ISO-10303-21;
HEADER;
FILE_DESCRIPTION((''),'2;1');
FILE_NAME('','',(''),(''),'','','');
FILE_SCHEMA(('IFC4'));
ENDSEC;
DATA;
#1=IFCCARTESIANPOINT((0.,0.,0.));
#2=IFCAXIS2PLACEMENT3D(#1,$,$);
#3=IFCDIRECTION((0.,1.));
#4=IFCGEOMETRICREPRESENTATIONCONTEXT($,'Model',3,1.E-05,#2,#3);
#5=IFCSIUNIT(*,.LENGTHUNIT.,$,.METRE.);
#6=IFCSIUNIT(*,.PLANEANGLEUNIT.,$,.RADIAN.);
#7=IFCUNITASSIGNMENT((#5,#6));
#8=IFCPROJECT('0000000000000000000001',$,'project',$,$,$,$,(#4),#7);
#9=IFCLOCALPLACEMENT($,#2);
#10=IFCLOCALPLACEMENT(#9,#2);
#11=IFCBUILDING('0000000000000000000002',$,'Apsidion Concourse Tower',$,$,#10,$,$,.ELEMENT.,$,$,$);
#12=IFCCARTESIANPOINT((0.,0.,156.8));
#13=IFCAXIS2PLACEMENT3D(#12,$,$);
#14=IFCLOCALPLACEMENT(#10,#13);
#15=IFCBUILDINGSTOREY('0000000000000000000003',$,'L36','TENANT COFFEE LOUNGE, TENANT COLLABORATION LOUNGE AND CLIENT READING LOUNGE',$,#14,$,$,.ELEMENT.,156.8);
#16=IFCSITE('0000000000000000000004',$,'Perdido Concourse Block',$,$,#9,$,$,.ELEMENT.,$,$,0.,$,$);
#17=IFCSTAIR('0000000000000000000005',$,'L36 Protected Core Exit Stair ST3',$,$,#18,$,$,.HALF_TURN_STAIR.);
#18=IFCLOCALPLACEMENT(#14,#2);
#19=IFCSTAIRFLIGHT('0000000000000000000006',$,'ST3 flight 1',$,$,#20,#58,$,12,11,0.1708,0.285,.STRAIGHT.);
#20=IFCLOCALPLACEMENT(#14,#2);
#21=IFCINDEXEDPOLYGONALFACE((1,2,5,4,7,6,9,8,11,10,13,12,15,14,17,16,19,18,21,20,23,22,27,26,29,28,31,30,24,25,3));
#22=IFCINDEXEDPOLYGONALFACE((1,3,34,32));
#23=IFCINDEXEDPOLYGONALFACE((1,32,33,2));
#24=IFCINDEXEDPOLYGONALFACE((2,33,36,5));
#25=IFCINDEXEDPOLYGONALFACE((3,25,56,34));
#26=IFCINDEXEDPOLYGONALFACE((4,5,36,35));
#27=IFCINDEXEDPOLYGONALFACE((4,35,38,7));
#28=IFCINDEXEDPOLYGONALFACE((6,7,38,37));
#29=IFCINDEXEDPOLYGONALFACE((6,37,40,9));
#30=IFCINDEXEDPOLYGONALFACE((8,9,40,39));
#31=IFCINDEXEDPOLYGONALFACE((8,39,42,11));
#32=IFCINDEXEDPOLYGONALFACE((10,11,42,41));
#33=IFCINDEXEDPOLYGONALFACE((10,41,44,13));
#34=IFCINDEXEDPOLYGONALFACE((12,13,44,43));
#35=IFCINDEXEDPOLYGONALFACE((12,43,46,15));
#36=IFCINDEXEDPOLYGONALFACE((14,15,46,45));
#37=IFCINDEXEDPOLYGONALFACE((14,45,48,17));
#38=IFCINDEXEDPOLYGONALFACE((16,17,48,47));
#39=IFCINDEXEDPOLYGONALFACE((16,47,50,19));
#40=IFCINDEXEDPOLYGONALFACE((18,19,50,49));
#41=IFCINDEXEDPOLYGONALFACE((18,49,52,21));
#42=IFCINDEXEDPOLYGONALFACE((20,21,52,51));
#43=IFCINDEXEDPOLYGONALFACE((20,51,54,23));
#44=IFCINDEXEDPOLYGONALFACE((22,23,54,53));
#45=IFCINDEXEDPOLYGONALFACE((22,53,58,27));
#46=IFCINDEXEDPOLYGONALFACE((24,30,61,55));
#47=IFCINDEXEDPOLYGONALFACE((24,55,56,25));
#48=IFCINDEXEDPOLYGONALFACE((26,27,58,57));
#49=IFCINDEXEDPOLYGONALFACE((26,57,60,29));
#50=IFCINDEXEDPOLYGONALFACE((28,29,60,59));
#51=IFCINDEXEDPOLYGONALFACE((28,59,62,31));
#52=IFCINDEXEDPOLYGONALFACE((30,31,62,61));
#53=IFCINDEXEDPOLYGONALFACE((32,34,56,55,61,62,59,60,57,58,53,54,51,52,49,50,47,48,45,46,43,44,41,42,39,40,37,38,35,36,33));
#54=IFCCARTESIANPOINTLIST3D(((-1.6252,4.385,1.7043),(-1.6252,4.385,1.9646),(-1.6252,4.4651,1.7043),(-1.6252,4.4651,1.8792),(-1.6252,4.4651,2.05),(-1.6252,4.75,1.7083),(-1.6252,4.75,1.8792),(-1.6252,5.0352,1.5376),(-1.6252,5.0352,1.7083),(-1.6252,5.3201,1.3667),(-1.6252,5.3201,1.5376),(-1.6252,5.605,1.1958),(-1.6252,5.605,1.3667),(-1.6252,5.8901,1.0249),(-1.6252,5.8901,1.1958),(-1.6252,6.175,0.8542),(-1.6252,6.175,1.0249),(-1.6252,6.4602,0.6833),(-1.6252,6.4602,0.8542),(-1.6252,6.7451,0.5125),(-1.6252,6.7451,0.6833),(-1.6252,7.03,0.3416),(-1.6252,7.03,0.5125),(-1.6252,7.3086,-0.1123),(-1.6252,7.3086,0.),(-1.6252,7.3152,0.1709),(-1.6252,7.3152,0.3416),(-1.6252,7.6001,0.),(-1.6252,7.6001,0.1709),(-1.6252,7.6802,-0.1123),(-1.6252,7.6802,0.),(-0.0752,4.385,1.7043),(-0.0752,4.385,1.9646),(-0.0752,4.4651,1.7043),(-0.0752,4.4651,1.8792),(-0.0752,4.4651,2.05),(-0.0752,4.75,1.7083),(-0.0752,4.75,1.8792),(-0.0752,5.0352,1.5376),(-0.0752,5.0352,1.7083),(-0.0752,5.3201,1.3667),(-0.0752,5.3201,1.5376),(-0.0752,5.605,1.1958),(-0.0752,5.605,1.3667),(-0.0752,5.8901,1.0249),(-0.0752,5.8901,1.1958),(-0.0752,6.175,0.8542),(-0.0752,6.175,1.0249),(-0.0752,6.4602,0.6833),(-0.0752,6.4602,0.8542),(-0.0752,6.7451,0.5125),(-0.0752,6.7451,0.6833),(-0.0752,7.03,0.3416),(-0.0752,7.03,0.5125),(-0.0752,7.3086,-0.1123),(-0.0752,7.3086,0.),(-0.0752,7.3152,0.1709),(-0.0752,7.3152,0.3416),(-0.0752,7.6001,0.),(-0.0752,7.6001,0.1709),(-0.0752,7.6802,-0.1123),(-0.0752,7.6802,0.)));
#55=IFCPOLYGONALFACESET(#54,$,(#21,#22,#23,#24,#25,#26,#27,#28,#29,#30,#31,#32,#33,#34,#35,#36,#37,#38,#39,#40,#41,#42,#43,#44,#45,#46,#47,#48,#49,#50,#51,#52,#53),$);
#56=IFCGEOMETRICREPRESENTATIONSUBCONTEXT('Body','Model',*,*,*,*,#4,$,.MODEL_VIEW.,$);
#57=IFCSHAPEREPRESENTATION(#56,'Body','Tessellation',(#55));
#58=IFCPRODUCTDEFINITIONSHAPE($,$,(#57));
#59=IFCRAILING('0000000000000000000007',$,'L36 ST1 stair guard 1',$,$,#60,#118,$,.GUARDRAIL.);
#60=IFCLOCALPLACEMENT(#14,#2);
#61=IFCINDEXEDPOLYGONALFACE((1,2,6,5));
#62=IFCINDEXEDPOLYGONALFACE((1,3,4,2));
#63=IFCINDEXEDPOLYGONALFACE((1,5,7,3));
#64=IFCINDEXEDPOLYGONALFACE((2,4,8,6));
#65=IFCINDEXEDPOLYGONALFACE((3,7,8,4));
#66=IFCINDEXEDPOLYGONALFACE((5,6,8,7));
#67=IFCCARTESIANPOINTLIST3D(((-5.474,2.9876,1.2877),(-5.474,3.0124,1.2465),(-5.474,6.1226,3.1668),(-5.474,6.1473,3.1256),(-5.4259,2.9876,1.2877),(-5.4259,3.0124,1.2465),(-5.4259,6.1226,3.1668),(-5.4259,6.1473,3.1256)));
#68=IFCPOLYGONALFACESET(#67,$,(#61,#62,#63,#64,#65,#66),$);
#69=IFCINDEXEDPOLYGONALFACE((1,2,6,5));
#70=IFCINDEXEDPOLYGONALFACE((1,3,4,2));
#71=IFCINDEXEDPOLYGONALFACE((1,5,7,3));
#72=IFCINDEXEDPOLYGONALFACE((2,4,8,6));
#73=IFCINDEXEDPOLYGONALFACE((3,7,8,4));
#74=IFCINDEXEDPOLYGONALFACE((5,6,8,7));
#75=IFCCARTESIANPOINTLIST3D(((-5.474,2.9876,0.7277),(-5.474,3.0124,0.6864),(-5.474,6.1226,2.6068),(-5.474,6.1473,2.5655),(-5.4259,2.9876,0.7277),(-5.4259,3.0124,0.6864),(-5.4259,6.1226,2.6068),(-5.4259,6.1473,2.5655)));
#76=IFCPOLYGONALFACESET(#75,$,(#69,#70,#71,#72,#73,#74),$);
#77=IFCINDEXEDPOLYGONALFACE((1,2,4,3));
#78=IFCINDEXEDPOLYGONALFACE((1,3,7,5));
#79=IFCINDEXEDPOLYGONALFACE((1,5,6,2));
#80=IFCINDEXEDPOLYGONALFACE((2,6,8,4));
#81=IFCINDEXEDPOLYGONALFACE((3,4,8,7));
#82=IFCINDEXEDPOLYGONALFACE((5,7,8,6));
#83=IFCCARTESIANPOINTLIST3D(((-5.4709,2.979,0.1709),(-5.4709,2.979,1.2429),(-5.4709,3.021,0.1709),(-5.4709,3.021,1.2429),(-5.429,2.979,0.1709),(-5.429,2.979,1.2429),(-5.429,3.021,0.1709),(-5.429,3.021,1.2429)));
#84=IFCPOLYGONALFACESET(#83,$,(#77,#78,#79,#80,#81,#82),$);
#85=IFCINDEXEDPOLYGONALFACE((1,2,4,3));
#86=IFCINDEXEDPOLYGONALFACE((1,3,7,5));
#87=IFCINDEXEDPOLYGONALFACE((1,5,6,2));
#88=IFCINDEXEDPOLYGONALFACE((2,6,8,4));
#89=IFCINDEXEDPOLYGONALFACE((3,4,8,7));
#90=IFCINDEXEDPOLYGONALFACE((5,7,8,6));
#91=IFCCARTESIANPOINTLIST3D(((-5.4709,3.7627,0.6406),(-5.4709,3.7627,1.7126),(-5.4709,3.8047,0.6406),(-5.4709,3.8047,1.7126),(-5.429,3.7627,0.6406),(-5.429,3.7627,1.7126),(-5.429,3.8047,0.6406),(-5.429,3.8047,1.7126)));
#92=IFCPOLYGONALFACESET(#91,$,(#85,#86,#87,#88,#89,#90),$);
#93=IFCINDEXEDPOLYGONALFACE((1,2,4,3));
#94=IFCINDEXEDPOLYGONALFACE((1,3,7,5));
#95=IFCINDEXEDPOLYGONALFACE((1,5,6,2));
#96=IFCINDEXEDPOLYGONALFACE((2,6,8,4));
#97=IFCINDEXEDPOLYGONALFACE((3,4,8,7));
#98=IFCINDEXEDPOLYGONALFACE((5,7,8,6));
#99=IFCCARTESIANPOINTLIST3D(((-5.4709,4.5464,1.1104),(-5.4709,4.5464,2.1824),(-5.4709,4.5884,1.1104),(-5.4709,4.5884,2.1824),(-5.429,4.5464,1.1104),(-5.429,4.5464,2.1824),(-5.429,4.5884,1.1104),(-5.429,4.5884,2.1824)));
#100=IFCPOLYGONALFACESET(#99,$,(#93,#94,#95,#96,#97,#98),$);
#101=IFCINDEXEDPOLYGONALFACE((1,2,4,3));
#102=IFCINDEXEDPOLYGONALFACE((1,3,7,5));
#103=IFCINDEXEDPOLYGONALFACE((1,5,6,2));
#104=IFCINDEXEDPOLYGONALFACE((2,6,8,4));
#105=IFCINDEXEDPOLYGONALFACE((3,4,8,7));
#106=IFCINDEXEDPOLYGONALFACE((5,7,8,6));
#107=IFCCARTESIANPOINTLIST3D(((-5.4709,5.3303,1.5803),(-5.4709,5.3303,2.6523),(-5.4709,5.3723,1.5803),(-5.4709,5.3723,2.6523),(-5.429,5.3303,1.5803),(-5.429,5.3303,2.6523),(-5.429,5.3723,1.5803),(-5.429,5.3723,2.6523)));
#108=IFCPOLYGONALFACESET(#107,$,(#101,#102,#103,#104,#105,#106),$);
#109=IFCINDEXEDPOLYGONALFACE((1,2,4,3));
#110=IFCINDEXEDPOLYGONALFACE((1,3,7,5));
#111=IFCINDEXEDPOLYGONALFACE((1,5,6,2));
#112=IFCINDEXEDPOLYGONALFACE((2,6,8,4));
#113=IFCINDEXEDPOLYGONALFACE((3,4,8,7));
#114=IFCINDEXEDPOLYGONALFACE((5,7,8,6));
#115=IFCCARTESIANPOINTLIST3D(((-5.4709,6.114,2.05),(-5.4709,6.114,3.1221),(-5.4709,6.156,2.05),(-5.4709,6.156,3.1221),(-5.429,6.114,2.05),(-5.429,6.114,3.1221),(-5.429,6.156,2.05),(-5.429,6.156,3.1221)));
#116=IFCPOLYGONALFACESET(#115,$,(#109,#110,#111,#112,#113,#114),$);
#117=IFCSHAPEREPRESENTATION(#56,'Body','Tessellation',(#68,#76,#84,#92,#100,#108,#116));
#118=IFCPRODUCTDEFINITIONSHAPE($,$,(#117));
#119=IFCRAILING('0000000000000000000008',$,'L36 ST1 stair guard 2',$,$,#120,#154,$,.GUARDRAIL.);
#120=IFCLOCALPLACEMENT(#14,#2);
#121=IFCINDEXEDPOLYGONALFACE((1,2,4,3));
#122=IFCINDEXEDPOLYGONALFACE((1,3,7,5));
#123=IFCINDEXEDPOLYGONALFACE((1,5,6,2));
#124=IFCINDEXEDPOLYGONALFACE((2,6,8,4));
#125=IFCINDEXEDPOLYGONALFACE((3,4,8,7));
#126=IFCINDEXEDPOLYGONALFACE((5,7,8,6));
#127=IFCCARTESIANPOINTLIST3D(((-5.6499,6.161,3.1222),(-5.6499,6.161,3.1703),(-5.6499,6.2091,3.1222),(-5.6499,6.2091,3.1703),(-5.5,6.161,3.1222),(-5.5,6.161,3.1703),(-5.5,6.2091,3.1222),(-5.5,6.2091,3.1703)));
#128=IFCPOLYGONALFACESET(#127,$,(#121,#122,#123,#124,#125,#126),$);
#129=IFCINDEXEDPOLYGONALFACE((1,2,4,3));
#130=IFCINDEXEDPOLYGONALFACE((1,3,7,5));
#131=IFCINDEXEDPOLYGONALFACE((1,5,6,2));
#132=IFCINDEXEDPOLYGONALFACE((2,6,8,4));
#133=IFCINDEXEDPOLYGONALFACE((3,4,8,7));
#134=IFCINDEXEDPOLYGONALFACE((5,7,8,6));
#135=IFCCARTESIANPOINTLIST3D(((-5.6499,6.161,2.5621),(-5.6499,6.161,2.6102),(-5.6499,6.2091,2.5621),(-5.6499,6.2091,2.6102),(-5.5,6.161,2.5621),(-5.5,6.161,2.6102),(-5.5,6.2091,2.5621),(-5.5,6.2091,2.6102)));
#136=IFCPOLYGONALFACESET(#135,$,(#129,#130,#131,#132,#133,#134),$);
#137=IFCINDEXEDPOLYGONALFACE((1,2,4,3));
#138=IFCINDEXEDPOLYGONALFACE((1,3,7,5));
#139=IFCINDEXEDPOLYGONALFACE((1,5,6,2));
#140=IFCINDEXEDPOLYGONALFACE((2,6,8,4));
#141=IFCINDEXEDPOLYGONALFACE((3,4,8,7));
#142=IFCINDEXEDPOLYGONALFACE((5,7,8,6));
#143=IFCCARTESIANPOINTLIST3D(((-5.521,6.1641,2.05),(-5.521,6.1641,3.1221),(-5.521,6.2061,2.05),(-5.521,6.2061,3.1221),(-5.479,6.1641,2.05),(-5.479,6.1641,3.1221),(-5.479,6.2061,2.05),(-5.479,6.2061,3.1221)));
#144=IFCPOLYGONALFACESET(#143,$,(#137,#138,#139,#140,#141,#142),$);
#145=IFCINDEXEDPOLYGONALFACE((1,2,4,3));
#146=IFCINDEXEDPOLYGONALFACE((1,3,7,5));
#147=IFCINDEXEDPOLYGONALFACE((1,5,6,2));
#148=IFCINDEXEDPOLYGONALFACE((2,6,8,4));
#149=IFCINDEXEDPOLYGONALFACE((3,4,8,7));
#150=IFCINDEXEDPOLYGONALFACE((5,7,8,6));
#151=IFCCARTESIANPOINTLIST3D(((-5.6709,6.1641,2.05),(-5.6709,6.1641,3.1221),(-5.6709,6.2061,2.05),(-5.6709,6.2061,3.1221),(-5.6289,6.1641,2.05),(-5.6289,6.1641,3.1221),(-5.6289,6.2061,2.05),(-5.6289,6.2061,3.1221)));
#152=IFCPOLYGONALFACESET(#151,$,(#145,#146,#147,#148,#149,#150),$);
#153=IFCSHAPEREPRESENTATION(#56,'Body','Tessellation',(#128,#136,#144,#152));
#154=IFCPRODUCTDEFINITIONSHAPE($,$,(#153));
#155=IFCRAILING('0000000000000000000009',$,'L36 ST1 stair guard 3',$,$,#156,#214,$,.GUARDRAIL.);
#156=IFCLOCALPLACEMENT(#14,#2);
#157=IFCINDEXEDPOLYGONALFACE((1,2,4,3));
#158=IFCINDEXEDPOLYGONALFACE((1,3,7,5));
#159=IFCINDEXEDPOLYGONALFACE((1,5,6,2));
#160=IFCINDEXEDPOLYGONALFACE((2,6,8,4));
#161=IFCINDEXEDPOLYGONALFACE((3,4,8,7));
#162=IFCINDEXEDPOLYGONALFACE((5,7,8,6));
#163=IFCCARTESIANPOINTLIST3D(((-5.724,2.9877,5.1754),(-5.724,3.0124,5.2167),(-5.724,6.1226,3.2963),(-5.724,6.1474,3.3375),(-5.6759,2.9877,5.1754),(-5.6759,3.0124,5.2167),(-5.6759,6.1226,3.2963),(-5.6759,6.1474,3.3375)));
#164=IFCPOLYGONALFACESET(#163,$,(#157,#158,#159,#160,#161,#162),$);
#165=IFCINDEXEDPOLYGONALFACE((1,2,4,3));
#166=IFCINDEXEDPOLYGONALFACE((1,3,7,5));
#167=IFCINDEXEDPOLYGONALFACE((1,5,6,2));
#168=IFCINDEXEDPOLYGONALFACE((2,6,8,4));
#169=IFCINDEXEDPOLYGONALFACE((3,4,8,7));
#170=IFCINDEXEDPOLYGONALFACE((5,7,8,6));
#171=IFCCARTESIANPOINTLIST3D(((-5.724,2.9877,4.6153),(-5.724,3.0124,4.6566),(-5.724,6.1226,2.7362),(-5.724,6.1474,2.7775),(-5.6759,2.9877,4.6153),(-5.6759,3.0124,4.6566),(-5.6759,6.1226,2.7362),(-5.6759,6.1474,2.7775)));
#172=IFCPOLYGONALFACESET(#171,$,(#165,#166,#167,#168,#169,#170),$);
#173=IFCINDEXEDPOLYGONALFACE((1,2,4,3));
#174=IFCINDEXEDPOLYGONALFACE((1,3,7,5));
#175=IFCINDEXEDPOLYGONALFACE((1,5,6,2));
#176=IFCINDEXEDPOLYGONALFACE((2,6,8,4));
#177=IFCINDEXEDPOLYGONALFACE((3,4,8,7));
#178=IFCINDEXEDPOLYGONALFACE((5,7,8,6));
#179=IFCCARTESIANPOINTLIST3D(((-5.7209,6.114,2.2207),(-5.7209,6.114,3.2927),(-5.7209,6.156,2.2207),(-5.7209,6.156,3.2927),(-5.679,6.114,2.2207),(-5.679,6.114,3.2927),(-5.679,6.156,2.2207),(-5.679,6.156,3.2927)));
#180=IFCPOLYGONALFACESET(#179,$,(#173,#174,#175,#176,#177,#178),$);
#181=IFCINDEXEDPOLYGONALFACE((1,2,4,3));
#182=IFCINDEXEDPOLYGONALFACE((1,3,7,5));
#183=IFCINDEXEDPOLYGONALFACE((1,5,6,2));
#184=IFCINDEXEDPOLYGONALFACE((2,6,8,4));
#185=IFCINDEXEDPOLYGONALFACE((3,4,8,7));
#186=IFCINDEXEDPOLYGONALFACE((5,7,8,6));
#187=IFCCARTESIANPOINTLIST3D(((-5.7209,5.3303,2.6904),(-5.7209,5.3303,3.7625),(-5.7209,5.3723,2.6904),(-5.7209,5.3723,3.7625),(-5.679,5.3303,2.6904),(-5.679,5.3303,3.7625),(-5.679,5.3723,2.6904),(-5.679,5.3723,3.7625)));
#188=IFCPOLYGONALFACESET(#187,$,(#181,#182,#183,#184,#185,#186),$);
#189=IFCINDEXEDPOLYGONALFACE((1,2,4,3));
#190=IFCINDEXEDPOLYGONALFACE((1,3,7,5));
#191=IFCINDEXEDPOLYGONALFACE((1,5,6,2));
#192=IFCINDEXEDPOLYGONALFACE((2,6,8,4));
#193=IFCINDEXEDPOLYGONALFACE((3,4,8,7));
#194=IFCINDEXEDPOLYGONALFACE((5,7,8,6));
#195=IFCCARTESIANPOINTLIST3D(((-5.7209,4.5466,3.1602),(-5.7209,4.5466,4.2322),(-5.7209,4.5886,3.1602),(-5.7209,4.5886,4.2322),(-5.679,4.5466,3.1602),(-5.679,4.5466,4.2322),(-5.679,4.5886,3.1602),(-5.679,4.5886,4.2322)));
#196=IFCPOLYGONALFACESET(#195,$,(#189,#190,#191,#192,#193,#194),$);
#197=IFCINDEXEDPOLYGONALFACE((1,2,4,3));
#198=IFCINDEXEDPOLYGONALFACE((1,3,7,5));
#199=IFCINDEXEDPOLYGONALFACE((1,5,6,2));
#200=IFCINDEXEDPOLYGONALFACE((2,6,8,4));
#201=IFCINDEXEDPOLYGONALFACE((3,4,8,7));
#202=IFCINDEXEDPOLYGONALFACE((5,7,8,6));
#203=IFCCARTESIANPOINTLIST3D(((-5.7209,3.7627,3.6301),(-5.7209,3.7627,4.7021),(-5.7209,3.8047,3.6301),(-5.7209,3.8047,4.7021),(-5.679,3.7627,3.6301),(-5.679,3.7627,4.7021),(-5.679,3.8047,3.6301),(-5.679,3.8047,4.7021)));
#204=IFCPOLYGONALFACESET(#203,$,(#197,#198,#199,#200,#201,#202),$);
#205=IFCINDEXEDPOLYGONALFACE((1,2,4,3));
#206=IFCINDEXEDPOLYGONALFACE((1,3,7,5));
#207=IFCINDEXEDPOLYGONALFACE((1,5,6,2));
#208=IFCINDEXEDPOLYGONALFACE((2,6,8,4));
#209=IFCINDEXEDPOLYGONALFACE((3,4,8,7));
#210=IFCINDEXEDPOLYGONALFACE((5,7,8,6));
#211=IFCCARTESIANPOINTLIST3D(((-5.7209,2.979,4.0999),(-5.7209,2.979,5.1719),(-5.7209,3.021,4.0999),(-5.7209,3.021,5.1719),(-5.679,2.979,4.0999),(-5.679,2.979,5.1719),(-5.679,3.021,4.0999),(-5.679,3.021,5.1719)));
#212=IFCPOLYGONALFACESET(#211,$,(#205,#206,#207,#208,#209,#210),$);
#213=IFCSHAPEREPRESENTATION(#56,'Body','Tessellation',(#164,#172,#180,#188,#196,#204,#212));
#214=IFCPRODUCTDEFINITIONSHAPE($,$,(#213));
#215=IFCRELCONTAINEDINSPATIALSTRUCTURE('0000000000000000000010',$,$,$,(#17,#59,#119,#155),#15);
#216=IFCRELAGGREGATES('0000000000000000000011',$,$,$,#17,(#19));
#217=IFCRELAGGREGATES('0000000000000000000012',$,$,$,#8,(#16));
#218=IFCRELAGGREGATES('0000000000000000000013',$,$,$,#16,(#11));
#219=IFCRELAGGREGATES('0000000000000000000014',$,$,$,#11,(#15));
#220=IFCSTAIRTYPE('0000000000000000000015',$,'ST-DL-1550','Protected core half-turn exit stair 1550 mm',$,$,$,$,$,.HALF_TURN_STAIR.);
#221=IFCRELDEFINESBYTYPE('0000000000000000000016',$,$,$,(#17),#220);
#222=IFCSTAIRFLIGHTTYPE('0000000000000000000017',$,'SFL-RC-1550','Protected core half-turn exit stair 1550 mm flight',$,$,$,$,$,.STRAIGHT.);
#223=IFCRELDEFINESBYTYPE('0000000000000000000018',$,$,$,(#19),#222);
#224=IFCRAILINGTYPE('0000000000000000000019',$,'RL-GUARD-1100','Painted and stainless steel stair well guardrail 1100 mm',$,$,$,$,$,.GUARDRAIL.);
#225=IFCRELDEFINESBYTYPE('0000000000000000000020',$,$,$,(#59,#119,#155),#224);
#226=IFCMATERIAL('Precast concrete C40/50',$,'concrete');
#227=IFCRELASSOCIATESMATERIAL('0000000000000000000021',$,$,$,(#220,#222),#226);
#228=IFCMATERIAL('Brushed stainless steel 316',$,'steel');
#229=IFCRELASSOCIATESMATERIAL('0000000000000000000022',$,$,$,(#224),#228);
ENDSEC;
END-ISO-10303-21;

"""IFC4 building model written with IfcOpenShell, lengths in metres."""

from ifc_helpers import new_model, si_unit, direction, frame, origin, origin_2d, place, context, subcontext, project, spatial, polyline, rectangle, outline, extrude, material, type_object, element, aggregate, save


model = new_model("IFC4")

# Units and contexts
model_context = context("Model", 3, precision=1e-05, world=origin(), true_north=direction((0.0, 1.0)))
body_context = subcontext(model_context, "Body", "Model", "MODEL_VIEW")
ifc_project = project(units=[si_unit("LENGTHUNIT", "METRE"), si_unit("PLANEANGLEUNIT", "RADIAN")], contexts=[model_context])

# Site, building, storey
site_placement = place(None, origin())
site = spatial("IfcSite", under=ifc_project, at=site_placement, Name="Perdido Concourse Block", CompositionType="ELEMENT", RefElevation=0.0)
building_placement = place(site_placement, origin())
building = spatial("IfcBuilding", under=site, at=building_placement, Name="Apsidion Concourse Tower", CompositionType="ELEMENT")
storey_placement = place(building_placement, frame((0.0, 0.0, 156.8)))
storey = spatial("IfcBuildingStorey", under=building, at=storey_placement, Name="L36", Description="TENANT COFFEE LOUNGE, TENANT COLLABORATION LOUNGE AND CLIENT READING LOUNGE", CompositionType="ELEMENT", Elevation=156.8)

# Shared definitions
ifc_material_1 = material(Name="Brushed stainless steel 316", Category="steel")

# Shared definitions
ifc_material_2 = material(Name="Precast concrete C40/50", Category="concrete")
stair_type = type_object("IfcStairType", Name="ST-DL-1550", Description="Protected core half-turn exit stair 1550 mm", PredefinedType="HALF_TURN_STAIR", material=ifc_material_2)
stair_flight_type = type_object("IfcStairFlightType", Name="SFL-RC-1550", Description="Protected core half-turn exit stair 1550 mm flight", PredefinedType="STRAIGHT", material=ifc_material_2)

# Stair, stair flight
stair_1_placement = place(storey_placement, origin())
stair_1 = element("IfcStair", 1, at=stair_1_placement, inside=storey, type_object=stair_type, Name="L36 Protected Core Exit Stair ST3", PredefinedType="HALF_TURN_STAIR")
stair_flight_1_placement = place(storey_placement, frame((-0.8501, 7.6001, 0.0), z_axis=(0.0, 0.0, 1.0), x_axis=(0.0, -1.0, 0.0)))
stair_flight_1 = element("IfcStairFlight", 2, at=stair_flight_1_placement, type_object=stair_flight_type, Name="ST3 flight 1", NumberOfRisers=12, NumberOfTreads=11, PredefinedType="STRAIGHT", RiserHeight=0.1708, TreadLength=0.285, context=body_context, shape_type="SweptSolid", body=[
    extrude(outline(polyline([(-0.0801, -0.1123), (-0.0801, 0.0), (0.0, 0.0), (0.0, 0.1709), (0.2849, 0.1709), (0.2849, 0.3416), (0.5701, 0.3416), (0.5701, 0.5125), (0.855, 0.5125), (0.855, 0.6833), (1.1399, 0.6833), (1.1399, 0.8542), (1.425, 0.8542), (1.425, 1.0249), (1.71, 1.0249), (1.71, 1.1958), (1.9951, 1.1958), (1.9951, 1.3667), (2.28, 1.3667), (2.28, 1.5376), (2.5649, 1.5376), (2.5649, 1.7083), (2.8501, 1.7083), (2.8501, 1.8792), (3.135, 1.8792), (3.135, 2.05), (3.2151, 1.9646), (3.2151, 1.7043), (3.135, 1.7043), (0.2915, 0.0), (0.2915, -0.1123), (-0.0801, -0.1123)])), frame((0.0, 0.7749, 0.0), z_axis=(0.0, -1.0, 0.0), x_axis=(1.0, 0.0, 0.0)), (0.0, 0.0, 1.0), 1.55),
])
aggregate(stair_1, [stair_flight_1])

# Railings
railing_type_1 = type_object("IfcRailingType", Name="RL-GUARD-1100", Description="Painted and stainless steel stair well guardrail 1100 mm", PredefinedType="GUARDRAIL", material=ifc_material_1)
railing_1_placement = place(storey_placement, frame((-5.45, 3.0, 0.1709)))
element("IfcRailing", 3, at=railing_1_placement, inside=storey, type_object=railing_type_1, Name="L36 ST1 stair guard 1", PredefinedType="GUARDRAIL", context=body_context, shape_type="SweptSolid", body=[
    extrude(rectangle(XDim=0.0481, YDim=0.0481, at=origin_2d()), frame((0.0, 0.0, 1.0962), z_axis=(0.0, 0.857717, 0.514122), x_axis=(-1.0, 0.0, 0.0)), (0.0, 0.0, 1.0), 3.655),
    extrude(rectangle(XDim=0.0481, YDim=0.0481, at=origin_2d()), frame((0.0, 0.0, 0.5361), z_axis=(0.0, 0.857717, 0.514122), x_axis=(-1.0, 0.0, 0.0)), (0.0, 0.0, 1.0), 3.655),
    extrude(rectangle(XDim=0.042, YDim=0.042, at=origin_2d()), origin(), (0.0, 0.0, 1.0), 1.072),
    extrude(rectangle(XDim=0.042, YDim=0.042, at=origin_2d()), frame((0.0, 0.7837, 0.4697)), (0.0, 0.0, 1.0), 1.072),
    extrude(rectangle(XDim=0.042, YDim=0.042, at=origin_2d()), frame((0.0, 1.5674, 0.9395)), (0.0, 0.0, 1.0), 1.072),
    extrude(rectangle(XDim=0.042, YDim=0.042, at=origin_2d()), frame((0.0, 2.3513, 1.4094)), (0.0, 0.0, 1.0), 1.072),
    extrude(rectangle(XDim=0.042, YDim=0.042, at=origin_2d()), frame((0.0, 3.135, 1.8792)), (0.0, 0.0, 1.0), 1.072),
])
railing_2_placement = place(storey_placement, frame((-5.5, 6.1851, 2.05)))
element("IfcRailing", 4, at=railing_2_placement, inside=storey, type_object=railing_type_1, Name="L36 ST1 stair guard 2", PredefinedType="GUARDRAIL", context=body_context, shape_type="SweptSolid", body=[
    extrude(rectangle(XDim=0.0481, YDim=0.0481, at=origin_2d()), frame((0.0, 0.0, 1.0962), z_axis=(-1.0, 0.0, 0.0), x_axis=(0.0, -1.0, 0.0)), (0.0, 0.0, 1.0), 0.1499),
    extrude(rectangle(XDim=0.0481, YDim=0.0481, at=origin_2d()), frame((0.0, 0.0, 0.5361), z_axis=(-1.0, 0.0, 0.0), x_axis=(0.0, -1.0, 0.0)), (0.0, 0.0, 1.0), 0.1499),
    extrude(rectangle(XDim=0.042, YDim=0.042, at=origin_2d()), origin(), (0.0, 0.0, 1.0), 1.072),
    extrude(rectangle(XDim=0.042, YDim=0.042, at=origin_2d()), frame((-0.1499, 0.0, 0.0)), (0.0, 0.0, 1.0), 1.072),
])
railing_3_placement = place(storey_placement, frame((-5.7, 6.135, 2.2207)))
element("IfcRailing", 5, at=railing_3_placement, inside=storey, type_object=railing_type_1, Name="L36 ST1 stair guard 3", PredefinedType="GUARDRAIL", context=body_context, shape_type="SweptSolid", body=[
    extrude(rectangle(XDim=0.0481, YDim=0.0481, at=origin_2d()), frame((0.0, 0.0, 1.0962), z_axis=(0.0, -0.857717, 0.514122), x_axis=(1.0, 0.0, 0.0)), (0.0, 0.0, 1.0), 3.655),
    extrude(rectangle(XDim=0.0481, YDim=0.0481, at=origin_2d()), frame((0.0, 0.0, 0.5361), z_axis=(0.0, -0.857717, 0.514122), x_axis=(1.0, 0.0, 0.0)), (0.0, 0.0, 1.0), 3.655),
    extrude(rectangle(XDim=0.042, YDim=0.042, at=origin_2d()), origin(), (0.0, 0.0, 1.0), 1.072),
    extrude(rectangle(XDim=0.042, YDim=0.042, at=origin_2d()), frame((0.0, -0.7837, 0.4697)), (0.0, 0.0, 1.0), 1.072),
    extrude(rectangle(XDim=0.042, YDim=0.042, at=origin_2d()), frame((0.0, -1.5674, 0.9395)), (0.0, 0.0, 1.0), 1.072),
    extrude(rectangle(XDim=0.042, YDim=0.042, at=origin_2d()), frame((0.0, -2.3513, 1.4094)), (0.0, 0.0, 1.0), 1.072),
    extrude(rectangle(XDim=0.042, YDim=0.042, at=origin_2d()), frame((0.0, -3.135, 1.8792)), (0.0, 0.0, 1.0), 1.072),
])

save(model, "model.ifc")
